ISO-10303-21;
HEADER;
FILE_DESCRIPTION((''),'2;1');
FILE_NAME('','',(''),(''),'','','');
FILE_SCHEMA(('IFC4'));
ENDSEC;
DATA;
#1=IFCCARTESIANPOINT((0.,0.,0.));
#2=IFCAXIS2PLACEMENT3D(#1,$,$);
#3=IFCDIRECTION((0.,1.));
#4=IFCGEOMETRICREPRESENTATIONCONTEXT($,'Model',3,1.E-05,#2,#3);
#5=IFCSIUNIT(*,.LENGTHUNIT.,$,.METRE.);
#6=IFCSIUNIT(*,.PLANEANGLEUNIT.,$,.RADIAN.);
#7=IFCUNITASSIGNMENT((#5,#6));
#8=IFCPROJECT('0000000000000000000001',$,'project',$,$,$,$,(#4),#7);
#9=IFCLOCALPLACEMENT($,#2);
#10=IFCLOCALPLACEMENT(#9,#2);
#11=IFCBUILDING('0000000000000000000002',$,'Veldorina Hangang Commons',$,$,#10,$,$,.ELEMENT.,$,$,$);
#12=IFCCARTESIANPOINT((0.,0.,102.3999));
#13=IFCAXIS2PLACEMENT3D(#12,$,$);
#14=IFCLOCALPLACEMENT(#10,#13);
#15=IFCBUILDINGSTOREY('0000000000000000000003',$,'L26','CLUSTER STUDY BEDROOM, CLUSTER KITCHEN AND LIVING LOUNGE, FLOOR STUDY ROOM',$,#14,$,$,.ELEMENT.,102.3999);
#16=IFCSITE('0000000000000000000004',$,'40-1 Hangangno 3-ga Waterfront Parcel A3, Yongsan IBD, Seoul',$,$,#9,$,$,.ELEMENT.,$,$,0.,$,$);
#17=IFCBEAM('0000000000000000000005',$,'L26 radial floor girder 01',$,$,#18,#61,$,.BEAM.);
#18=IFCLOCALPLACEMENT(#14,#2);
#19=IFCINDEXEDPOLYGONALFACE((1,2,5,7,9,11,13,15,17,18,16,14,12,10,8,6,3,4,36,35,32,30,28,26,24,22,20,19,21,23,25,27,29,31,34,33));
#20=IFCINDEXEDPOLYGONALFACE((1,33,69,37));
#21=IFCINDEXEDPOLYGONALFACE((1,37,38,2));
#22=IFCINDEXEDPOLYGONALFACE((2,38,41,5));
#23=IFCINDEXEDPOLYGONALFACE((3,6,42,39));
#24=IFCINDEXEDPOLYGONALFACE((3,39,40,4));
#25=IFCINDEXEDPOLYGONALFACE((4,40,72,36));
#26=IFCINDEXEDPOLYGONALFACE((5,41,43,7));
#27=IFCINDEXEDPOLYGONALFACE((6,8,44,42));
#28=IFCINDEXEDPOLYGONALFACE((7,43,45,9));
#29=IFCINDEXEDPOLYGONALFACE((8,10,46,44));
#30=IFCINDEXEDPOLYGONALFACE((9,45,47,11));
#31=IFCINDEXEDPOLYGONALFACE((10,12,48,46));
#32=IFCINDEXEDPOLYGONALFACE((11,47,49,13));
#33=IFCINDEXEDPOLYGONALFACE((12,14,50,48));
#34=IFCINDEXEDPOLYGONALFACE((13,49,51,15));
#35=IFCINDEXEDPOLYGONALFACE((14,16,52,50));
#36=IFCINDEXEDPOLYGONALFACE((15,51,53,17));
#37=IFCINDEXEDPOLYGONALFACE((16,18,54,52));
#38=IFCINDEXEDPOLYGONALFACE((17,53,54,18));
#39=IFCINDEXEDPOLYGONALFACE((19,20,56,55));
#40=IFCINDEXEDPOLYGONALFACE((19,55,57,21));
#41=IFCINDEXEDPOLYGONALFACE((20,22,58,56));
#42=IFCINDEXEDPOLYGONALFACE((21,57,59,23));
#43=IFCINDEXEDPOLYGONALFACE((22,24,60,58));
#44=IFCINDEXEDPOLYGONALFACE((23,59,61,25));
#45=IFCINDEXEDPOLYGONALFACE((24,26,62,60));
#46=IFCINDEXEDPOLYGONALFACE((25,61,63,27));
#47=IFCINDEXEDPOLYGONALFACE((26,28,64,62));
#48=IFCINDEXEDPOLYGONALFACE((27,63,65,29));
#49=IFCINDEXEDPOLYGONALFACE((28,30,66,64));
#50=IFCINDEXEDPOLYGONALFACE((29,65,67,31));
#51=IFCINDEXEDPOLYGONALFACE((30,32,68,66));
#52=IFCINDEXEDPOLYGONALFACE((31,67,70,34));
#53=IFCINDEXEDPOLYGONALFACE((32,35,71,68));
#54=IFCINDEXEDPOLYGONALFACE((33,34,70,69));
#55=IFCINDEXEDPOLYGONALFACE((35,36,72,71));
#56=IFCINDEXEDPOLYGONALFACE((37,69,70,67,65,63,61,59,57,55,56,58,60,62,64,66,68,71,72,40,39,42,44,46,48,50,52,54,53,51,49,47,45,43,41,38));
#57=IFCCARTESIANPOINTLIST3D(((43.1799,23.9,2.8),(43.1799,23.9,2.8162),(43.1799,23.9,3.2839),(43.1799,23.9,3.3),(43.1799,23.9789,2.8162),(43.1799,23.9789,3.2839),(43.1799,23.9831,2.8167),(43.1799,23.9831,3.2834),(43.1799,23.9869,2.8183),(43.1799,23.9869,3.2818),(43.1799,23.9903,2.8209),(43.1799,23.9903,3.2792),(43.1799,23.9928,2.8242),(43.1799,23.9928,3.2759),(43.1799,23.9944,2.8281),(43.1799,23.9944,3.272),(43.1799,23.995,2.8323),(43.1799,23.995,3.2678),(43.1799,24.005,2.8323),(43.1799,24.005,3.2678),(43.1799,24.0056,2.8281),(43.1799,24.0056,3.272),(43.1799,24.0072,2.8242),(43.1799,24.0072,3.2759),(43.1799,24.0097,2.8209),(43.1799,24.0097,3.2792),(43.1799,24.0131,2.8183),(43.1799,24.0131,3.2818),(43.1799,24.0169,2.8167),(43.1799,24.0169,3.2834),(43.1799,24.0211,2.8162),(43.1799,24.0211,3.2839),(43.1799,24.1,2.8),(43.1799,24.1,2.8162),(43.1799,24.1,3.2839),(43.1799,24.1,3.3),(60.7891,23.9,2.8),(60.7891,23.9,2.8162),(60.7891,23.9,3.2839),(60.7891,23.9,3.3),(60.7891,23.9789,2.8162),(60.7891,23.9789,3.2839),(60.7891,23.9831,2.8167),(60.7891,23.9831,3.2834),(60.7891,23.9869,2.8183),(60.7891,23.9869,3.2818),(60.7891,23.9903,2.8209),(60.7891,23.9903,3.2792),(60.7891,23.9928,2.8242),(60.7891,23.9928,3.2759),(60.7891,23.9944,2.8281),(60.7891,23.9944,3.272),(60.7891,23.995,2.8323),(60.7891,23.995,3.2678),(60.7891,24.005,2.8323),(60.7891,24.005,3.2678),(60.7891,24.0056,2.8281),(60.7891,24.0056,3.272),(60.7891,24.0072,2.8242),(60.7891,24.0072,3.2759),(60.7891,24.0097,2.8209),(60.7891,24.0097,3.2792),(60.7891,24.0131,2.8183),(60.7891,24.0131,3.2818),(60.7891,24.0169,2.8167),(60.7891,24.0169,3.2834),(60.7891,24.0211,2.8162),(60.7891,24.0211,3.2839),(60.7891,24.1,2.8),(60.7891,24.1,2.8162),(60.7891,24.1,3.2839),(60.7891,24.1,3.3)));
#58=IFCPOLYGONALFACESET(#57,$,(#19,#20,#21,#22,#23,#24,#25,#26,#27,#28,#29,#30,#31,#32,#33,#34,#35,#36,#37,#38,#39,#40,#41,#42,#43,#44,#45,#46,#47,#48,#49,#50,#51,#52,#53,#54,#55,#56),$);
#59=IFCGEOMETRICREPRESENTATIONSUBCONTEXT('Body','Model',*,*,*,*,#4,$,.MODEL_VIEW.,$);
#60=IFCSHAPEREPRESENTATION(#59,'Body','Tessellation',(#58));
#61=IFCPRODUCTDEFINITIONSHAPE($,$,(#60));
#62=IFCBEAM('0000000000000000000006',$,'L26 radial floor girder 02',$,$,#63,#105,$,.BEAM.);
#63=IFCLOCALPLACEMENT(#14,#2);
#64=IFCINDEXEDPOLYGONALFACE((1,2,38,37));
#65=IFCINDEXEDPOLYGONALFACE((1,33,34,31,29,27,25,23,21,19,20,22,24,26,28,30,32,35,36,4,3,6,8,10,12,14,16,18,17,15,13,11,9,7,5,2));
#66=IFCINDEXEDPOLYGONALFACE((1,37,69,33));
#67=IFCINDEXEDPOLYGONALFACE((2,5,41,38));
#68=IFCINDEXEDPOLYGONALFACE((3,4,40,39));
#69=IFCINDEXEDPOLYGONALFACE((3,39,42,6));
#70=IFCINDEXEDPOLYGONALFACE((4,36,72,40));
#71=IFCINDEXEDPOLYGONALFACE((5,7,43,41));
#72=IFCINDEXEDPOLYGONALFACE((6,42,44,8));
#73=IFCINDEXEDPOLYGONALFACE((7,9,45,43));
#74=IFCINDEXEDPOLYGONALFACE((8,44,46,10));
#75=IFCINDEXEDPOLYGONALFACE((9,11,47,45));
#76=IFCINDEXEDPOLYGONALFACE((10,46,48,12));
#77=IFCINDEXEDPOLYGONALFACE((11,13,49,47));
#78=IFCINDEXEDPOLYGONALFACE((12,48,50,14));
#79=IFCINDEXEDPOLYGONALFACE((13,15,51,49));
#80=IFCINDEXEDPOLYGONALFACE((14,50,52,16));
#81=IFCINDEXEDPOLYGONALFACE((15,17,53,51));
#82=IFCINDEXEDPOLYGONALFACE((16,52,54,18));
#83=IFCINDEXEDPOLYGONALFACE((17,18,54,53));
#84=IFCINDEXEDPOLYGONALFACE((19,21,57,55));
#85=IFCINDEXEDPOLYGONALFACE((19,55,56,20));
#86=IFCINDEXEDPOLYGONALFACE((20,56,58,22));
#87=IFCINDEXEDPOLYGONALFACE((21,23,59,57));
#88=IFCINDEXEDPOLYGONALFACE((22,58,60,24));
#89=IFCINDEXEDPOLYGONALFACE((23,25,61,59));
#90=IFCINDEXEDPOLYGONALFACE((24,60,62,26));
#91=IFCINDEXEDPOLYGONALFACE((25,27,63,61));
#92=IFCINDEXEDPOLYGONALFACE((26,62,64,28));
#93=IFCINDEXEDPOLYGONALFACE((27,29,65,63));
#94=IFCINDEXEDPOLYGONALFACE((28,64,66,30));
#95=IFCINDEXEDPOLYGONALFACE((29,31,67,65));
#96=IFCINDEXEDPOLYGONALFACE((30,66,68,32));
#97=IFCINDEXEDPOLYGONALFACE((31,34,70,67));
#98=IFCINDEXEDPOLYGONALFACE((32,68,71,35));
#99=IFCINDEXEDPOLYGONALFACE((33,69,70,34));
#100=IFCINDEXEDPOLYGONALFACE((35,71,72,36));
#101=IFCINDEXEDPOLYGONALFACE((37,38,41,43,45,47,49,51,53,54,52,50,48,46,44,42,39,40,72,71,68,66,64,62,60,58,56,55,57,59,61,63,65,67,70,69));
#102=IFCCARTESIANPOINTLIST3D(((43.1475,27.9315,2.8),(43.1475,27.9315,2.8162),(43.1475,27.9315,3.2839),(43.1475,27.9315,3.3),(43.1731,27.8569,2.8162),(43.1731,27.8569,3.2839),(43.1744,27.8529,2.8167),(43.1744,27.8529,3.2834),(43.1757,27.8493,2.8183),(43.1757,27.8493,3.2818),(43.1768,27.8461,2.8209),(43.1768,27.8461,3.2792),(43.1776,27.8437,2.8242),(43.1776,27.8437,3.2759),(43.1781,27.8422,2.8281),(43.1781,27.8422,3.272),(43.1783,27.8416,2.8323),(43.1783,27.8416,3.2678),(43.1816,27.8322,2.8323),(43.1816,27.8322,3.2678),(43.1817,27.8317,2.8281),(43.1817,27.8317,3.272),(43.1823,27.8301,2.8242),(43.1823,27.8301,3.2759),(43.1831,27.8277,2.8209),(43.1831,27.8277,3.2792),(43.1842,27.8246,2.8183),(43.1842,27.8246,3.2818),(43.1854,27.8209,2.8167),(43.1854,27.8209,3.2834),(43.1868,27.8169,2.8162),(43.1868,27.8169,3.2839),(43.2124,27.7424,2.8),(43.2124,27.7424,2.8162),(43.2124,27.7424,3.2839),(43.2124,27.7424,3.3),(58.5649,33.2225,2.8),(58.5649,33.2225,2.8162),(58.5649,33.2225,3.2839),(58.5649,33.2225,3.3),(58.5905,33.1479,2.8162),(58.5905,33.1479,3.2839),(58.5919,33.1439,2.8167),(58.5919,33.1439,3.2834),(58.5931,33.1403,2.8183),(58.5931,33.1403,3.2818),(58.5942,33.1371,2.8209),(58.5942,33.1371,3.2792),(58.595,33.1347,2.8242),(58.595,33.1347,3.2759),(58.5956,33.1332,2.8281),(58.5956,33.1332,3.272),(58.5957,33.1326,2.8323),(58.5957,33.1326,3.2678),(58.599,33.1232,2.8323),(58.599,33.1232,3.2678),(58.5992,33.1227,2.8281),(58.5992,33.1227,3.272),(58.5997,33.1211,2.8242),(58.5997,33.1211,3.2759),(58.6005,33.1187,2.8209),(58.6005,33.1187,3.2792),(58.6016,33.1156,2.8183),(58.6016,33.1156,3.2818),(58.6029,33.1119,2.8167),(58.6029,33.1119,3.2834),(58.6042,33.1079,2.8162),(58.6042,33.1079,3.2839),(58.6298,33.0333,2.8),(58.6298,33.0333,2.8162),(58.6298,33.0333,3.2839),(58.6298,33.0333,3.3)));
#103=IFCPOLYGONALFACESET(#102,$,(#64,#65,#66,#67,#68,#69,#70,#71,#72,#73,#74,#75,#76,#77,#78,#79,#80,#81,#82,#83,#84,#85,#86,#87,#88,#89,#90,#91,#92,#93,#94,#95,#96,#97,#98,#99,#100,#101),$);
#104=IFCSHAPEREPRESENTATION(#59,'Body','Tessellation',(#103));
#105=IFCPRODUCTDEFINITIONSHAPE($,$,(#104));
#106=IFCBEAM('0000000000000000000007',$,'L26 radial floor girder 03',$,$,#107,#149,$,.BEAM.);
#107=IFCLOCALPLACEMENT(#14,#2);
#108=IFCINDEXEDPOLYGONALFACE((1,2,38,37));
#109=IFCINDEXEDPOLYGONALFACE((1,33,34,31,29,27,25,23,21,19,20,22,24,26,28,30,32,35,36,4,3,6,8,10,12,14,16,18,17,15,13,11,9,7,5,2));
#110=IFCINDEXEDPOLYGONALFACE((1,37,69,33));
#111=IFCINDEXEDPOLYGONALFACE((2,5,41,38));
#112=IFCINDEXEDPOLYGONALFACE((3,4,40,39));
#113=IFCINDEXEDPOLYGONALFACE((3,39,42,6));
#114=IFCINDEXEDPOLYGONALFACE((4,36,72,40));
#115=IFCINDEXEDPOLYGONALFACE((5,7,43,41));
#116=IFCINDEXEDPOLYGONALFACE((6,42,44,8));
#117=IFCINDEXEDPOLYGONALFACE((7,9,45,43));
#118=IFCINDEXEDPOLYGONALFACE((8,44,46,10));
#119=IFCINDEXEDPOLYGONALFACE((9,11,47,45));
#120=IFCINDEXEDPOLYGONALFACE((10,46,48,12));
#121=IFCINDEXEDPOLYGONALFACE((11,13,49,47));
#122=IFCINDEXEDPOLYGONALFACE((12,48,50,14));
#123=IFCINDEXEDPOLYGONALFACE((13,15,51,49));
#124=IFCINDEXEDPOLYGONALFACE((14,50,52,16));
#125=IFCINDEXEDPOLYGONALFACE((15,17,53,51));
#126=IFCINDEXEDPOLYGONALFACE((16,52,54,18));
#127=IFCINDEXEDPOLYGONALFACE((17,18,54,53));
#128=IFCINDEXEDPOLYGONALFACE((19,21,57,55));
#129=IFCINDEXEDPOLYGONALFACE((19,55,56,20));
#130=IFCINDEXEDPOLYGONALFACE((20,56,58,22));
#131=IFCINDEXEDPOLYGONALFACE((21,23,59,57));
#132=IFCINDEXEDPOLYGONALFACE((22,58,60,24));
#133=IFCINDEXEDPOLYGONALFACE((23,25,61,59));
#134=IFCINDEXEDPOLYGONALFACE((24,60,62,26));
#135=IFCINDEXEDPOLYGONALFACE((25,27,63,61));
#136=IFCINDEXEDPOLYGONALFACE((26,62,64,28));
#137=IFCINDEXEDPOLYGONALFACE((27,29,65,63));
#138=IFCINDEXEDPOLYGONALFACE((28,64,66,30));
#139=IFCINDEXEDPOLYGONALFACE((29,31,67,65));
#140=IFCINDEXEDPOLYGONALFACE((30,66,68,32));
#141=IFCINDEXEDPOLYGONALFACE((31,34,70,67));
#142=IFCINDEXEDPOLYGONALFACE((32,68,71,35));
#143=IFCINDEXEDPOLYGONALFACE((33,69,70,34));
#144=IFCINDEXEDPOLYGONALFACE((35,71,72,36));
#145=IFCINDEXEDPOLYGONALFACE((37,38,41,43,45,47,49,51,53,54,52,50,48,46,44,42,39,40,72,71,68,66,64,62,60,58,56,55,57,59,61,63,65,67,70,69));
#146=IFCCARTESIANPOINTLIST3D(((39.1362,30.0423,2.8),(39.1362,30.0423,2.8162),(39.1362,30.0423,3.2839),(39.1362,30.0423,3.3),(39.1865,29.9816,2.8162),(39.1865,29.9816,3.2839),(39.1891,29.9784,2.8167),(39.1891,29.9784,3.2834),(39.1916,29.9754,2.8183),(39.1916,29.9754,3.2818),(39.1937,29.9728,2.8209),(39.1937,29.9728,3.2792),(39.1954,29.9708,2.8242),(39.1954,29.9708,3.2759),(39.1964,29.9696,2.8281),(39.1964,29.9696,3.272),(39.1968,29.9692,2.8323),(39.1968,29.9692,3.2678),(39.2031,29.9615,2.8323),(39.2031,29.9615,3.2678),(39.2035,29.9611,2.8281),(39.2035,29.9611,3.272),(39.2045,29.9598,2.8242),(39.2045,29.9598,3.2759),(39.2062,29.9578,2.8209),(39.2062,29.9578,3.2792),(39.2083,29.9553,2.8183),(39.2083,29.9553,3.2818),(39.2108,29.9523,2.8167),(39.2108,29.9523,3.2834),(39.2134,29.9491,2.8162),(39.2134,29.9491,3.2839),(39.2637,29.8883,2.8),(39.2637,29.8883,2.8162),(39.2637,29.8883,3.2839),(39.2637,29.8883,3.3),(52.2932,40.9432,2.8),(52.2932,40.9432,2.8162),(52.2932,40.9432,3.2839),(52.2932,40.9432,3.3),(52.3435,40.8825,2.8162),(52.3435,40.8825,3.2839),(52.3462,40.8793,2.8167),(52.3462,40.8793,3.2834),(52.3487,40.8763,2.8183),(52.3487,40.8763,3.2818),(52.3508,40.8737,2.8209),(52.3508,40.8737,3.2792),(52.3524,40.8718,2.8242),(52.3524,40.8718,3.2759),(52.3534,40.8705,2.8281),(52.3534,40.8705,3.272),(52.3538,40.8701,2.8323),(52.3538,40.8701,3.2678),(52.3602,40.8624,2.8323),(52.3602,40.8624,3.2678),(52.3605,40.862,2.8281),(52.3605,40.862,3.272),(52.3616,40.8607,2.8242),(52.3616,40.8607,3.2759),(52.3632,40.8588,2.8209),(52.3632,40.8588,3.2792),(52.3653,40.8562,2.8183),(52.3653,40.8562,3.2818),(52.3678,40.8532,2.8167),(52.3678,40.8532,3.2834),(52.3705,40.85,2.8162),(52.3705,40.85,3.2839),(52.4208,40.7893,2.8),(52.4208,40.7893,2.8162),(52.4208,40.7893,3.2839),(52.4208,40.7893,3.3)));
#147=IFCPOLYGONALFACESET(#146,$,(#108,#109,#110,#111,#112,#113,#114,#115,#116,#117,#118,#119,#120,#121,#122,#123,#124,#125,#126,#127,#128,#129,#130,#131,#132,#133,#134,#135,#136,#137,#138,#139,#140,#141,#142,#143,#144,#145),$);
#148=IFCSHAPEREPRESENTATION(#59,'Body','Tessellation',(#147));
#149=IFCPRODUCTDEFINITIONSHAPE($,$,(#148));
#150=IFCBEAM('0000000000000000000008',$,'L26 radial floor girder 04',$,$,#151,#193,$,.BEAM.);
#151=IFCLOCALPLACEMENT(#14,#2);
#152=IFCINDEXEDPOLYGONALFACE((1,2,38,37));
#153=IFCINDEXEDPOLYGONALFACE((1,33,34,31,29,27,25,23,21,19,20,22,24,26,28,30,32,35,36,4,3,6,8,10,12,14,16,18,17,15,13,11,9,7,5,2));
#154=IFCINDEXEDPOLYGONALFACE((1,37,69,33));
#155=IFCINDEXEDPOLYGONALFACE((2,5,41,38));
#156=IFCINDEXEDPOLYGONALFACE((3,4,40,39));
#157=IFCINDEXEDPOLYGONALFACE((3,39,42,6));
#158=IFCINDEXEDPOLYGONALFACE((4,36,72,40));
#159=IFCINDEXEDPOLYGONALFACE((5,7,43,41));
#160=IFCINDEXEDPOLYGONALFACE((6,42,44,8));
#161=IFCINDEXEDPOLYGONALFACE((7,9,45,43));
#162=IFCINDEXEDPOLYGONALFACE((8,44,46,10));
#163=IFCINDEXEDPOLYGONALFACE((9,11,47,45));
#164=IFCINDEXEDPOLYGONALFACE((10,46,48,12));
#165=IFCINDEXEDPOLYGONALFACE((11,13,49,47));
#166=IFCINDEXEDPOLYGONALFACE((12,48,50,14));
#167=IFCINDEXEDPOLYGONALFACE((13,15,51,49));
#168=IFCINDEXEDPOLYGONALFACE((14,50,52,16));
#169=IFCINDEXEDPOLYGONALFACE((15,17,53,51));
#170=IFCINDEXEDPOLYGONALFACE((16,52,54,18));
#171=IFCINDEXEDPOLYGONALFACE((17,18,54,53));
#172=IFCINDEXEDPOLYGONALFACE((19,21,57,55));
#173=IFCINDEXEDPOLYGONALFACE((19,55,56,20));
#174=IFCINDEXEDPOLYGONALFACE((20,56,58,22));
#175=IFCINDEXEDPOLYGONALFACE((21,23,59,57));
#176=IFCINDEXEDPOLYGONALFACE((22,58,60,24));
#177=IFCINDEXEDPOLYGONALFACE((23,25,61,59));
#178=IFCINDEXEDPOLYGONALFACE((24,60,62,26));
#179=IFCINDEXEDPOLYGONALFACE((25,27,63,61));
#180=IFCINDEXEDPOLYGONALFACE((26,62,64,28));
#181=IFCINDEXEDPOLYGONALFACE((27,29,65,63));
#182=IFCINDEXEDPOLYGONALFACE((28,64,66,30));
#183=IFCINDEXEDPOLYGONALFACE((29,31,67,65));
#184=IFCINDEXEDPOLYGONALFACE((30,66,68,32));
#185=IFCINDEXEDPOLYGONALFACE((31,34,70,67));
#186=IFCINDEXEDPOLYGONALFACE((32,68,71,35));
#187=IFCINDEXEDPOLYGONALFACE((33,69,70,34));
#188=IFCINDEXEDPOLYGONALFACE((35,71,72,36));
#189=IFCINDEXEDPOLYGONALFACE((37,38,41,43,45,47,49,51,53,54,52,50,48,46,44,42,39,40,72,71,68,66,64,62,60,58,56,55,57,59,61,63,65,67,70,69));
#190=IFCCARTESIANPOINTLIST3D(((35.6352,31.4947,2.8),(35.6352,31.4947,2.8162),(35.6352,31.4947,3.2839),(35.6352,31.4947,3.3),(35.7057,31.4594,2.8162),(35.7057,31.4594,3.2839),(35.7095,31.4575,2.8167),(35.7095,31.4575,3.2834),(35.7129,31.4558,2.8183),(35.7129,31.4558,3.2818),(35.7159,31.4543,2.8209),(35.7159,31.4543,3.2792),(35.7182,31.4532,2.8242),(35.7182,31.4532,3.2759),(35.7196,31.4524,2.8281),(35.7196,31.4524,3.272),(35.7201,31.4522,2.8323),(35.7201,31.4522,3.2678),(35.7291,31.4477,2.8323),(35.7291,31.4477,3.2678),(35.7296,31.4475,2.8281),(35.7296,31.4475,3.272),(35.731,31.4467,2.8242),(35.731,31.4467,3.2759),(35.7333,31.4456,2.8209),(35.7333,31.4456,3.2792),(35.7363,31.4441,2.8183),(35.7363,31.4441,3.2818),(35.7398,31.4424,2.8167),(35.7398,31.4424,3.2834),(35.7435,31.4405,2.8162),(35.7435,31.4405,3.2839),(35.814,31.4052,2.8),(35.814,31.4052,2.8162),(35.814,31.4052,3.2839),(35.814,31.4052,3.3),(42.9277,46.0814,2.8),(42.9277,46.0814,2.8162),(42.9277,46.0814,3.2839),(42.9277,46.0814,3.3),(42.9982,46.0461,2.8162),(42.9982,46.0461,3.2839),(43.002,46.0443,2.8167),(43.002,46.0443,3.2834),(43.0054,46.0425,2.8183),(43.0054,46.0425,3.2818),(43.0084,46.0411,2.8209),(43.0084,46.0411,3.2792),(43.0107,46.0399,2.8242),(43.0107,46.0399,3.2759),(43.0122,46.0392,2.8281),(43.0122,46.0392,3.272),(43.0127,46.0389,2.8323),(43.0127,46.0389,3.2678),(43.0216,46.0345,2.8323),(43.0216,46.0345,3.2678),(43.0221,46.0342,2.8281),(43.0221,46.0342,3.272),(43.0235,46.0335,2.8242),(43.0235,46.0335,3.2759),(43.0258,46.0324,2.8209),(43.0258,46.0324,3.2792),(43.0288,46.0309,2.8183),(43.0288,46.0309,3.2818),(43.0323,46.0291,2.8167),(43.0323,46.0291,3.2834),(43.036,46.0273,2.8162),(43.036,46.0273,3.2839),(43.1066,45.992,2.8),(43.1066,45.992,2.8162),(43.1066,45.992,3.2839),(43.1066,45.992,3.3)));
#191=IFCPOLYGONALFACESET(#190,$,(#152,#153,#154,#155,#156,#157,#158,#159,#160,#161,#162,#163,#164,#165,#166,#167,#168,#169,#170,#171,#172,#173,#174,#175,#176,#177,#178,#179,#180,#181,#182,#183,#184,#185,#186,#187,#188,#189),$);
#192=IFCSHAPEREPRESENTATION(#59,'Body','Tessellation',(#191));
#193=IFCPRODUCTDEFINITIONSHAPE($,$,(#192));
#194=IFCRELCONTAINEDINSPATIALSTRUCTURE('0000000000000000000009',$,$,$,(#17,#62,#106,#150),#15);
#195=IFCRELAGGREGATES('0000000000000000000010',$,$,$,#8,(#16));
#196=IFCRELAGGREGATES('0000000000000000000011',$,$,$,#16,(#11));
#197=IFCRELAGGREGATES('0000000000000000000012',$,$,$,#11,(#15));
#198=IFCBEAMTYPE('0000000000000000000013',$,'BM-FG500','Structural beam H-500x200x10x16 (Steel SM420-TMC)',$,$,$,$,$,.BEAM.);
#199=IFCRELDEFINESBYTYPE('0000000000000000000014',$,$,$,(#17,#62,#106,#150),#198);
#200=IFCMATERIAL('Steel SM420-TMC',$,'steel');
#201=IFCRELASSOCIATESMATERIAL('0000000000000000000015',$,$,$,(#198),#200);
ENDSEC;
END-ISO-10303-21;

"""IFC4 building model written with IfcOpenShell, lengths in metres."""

from ifc_helpers import new_model, si_unit, direction, frame, origin, origin_2d, place, context, subcontext, project, spatial, i_section, extrude, material, material_profile, profile_set, type_object, element, save


model = new_model("IFC4")

# Units and contexts
model_context = context("Model", 3, precision=1e-05, world=origin(), true_north=direction((0.0, 1.0)))
body_context = subcontext(model_context, "Body", "Model", "MODEL_VIEW")
ifc_project = project(units=[si_unit("LENGTHUNIT", "METRE"), si_unit("PLANEANGLEUNIT", "RADIAN")], contexts=[model_context])

# Site, building, storey
site_placement = place(None, origin())
site = spatial("IfcSite", under=ifc_project, at=site_placement, Name="40-1 Hangangno 3-ga Waterfront Parcel A3, Yongsan IBD, Seoul", CompositionType="ELEMENT", RefElevation=0.0)
building_placement = place(site_placement, origin())
building = spatial("IfcBuilding", under=site, at=building_placement, Name="Veldorina Hangang Commons", CompositionType="ELEMENT")
storey_placement = place(building_placement, frame((0.0, 0.0, 102.3999)))
storey = spatial("IfcBuildingStorey", under=building, at=storey_placement, Name="L26", Description="CLUSTER STUDY BEDROOM, CLUSTER KITCHEN AND LIVING LOUNGE, FLOOR STUDY ROOM", CompositionType="ELEMENT", Elevation=102.3999)

# Beams
ifc_material_1 = material(Name="Steel SM420-TMC", Category="steel")
ifc_material_profile = material_profile(ifc_material_1, i_section(OverallWidth=0.2, OverallDepth=0.5, WebThickness=0.01, FlangeThickness=0.0161, FilletRadius=0.0161, at=origin_2d()), Name="H-500x200x10x16")
ifc_profile_set = profile_set([ifc_material_profile], Name="Steel SM420-TMC")
beam_type = type_object("IfcBeamType", Name="BM-FG500", Description="Structural beam H-500x200x10x16 (Steel SM420-TMC)", PredefinedType="BEAM", material=ifc_profile_set)
beam_1_placement = place(storey_placement, frame((43.1799, 24.0, 3.05), z_axis=(1.0, 0.0, 0.0), x_axis=(0.0, 1.0, 0.0)))
element("IfcBeam", 1, at=beam_1_placement, inside=storey, type_object=beam_type, Name="L26 radial floor girder 01", PredefinedType="BEAM", context=body_context, shape_type="SweptSolid", body=[
    extrude(i_section(OverallWidth=0.2, OverallDepth=0.5, WebThickness=0.01, FlangeThickness=0.0161, FilletRadius=0.0161, at=origin_2d()), origin(), (0.0, 0.0, 1.0), 17.6091),
])
beam_2_placement = place(storey_placement, frame((43.1799, 27.8369, 3.05), z_axis=(0.945851, 0.3246, 0.0), x_axis=(-0.3246, 0.945851, 0.0)))
element("IfcBeam", 2, at=beam_2_placement, inside=storey, type_object=beam_type, Name="L26 radial floor girder 02", PredefinedType="BEAM", context=body_context, shape_type="SweptSolid", body=[
    extrude(i_section(OverallWidth=0.2, OverallDepth=0.5, WebThickness=0.01, FlangeThickness=0.0161, FilletRadius=0.0161, at=origin_2d()), origin(), (0.0, 0.0, 1.0), 16.3),
])
beam_3_placement = place(storey_placement, frame((39.2, 29.9653, 3.05), z_axis=(0.770039, 0.637996, 0.0), x_axis=(-0.637996, 0.770039, 0.0)))
element("IfcBeam", 3, at=beam_3_placement, inside=storey, type_object=beam_type, Name="L26 radial floor girder 03", PredefinedType="BEAM", context=body_context, shape_type="SweptSolid", body=[
    extrude(i_section(OverallWidth=0.2, OverallDepth=0.5, WebThickness=0.01, FlangeThickness=0.0161, FilletRadius=0.0161, at=origin_2d()), origin(), (0.0, 0.0, 1.0), 17.0862),
])
beam_4_placement = place(storey_placement, frame((35.7246, 31.45, 3.05), z_axis=(0.447172, 0.894448, 0.0), x_axis=(-0.894448, 0.447172, 0.0)))
element("IfcBeam", 4, at=beam_4_placement, inside=storey, type_object=beam_type, Name="L26 radial floor girder 04", PredefinedType="BEAM", context=body_context, shape_type="SweptSolid", body=[
    extrude(i_section(OverallWidth=0.2, OverallDepth=0.5, WebThickness=0.01, FlangeThickness=0.0161, FilletRadius=0.0161, at=origin_2d()), origin(), (0.0, 0.0, 1.0), 16.3081),
])

save(model, "model.ifc")
